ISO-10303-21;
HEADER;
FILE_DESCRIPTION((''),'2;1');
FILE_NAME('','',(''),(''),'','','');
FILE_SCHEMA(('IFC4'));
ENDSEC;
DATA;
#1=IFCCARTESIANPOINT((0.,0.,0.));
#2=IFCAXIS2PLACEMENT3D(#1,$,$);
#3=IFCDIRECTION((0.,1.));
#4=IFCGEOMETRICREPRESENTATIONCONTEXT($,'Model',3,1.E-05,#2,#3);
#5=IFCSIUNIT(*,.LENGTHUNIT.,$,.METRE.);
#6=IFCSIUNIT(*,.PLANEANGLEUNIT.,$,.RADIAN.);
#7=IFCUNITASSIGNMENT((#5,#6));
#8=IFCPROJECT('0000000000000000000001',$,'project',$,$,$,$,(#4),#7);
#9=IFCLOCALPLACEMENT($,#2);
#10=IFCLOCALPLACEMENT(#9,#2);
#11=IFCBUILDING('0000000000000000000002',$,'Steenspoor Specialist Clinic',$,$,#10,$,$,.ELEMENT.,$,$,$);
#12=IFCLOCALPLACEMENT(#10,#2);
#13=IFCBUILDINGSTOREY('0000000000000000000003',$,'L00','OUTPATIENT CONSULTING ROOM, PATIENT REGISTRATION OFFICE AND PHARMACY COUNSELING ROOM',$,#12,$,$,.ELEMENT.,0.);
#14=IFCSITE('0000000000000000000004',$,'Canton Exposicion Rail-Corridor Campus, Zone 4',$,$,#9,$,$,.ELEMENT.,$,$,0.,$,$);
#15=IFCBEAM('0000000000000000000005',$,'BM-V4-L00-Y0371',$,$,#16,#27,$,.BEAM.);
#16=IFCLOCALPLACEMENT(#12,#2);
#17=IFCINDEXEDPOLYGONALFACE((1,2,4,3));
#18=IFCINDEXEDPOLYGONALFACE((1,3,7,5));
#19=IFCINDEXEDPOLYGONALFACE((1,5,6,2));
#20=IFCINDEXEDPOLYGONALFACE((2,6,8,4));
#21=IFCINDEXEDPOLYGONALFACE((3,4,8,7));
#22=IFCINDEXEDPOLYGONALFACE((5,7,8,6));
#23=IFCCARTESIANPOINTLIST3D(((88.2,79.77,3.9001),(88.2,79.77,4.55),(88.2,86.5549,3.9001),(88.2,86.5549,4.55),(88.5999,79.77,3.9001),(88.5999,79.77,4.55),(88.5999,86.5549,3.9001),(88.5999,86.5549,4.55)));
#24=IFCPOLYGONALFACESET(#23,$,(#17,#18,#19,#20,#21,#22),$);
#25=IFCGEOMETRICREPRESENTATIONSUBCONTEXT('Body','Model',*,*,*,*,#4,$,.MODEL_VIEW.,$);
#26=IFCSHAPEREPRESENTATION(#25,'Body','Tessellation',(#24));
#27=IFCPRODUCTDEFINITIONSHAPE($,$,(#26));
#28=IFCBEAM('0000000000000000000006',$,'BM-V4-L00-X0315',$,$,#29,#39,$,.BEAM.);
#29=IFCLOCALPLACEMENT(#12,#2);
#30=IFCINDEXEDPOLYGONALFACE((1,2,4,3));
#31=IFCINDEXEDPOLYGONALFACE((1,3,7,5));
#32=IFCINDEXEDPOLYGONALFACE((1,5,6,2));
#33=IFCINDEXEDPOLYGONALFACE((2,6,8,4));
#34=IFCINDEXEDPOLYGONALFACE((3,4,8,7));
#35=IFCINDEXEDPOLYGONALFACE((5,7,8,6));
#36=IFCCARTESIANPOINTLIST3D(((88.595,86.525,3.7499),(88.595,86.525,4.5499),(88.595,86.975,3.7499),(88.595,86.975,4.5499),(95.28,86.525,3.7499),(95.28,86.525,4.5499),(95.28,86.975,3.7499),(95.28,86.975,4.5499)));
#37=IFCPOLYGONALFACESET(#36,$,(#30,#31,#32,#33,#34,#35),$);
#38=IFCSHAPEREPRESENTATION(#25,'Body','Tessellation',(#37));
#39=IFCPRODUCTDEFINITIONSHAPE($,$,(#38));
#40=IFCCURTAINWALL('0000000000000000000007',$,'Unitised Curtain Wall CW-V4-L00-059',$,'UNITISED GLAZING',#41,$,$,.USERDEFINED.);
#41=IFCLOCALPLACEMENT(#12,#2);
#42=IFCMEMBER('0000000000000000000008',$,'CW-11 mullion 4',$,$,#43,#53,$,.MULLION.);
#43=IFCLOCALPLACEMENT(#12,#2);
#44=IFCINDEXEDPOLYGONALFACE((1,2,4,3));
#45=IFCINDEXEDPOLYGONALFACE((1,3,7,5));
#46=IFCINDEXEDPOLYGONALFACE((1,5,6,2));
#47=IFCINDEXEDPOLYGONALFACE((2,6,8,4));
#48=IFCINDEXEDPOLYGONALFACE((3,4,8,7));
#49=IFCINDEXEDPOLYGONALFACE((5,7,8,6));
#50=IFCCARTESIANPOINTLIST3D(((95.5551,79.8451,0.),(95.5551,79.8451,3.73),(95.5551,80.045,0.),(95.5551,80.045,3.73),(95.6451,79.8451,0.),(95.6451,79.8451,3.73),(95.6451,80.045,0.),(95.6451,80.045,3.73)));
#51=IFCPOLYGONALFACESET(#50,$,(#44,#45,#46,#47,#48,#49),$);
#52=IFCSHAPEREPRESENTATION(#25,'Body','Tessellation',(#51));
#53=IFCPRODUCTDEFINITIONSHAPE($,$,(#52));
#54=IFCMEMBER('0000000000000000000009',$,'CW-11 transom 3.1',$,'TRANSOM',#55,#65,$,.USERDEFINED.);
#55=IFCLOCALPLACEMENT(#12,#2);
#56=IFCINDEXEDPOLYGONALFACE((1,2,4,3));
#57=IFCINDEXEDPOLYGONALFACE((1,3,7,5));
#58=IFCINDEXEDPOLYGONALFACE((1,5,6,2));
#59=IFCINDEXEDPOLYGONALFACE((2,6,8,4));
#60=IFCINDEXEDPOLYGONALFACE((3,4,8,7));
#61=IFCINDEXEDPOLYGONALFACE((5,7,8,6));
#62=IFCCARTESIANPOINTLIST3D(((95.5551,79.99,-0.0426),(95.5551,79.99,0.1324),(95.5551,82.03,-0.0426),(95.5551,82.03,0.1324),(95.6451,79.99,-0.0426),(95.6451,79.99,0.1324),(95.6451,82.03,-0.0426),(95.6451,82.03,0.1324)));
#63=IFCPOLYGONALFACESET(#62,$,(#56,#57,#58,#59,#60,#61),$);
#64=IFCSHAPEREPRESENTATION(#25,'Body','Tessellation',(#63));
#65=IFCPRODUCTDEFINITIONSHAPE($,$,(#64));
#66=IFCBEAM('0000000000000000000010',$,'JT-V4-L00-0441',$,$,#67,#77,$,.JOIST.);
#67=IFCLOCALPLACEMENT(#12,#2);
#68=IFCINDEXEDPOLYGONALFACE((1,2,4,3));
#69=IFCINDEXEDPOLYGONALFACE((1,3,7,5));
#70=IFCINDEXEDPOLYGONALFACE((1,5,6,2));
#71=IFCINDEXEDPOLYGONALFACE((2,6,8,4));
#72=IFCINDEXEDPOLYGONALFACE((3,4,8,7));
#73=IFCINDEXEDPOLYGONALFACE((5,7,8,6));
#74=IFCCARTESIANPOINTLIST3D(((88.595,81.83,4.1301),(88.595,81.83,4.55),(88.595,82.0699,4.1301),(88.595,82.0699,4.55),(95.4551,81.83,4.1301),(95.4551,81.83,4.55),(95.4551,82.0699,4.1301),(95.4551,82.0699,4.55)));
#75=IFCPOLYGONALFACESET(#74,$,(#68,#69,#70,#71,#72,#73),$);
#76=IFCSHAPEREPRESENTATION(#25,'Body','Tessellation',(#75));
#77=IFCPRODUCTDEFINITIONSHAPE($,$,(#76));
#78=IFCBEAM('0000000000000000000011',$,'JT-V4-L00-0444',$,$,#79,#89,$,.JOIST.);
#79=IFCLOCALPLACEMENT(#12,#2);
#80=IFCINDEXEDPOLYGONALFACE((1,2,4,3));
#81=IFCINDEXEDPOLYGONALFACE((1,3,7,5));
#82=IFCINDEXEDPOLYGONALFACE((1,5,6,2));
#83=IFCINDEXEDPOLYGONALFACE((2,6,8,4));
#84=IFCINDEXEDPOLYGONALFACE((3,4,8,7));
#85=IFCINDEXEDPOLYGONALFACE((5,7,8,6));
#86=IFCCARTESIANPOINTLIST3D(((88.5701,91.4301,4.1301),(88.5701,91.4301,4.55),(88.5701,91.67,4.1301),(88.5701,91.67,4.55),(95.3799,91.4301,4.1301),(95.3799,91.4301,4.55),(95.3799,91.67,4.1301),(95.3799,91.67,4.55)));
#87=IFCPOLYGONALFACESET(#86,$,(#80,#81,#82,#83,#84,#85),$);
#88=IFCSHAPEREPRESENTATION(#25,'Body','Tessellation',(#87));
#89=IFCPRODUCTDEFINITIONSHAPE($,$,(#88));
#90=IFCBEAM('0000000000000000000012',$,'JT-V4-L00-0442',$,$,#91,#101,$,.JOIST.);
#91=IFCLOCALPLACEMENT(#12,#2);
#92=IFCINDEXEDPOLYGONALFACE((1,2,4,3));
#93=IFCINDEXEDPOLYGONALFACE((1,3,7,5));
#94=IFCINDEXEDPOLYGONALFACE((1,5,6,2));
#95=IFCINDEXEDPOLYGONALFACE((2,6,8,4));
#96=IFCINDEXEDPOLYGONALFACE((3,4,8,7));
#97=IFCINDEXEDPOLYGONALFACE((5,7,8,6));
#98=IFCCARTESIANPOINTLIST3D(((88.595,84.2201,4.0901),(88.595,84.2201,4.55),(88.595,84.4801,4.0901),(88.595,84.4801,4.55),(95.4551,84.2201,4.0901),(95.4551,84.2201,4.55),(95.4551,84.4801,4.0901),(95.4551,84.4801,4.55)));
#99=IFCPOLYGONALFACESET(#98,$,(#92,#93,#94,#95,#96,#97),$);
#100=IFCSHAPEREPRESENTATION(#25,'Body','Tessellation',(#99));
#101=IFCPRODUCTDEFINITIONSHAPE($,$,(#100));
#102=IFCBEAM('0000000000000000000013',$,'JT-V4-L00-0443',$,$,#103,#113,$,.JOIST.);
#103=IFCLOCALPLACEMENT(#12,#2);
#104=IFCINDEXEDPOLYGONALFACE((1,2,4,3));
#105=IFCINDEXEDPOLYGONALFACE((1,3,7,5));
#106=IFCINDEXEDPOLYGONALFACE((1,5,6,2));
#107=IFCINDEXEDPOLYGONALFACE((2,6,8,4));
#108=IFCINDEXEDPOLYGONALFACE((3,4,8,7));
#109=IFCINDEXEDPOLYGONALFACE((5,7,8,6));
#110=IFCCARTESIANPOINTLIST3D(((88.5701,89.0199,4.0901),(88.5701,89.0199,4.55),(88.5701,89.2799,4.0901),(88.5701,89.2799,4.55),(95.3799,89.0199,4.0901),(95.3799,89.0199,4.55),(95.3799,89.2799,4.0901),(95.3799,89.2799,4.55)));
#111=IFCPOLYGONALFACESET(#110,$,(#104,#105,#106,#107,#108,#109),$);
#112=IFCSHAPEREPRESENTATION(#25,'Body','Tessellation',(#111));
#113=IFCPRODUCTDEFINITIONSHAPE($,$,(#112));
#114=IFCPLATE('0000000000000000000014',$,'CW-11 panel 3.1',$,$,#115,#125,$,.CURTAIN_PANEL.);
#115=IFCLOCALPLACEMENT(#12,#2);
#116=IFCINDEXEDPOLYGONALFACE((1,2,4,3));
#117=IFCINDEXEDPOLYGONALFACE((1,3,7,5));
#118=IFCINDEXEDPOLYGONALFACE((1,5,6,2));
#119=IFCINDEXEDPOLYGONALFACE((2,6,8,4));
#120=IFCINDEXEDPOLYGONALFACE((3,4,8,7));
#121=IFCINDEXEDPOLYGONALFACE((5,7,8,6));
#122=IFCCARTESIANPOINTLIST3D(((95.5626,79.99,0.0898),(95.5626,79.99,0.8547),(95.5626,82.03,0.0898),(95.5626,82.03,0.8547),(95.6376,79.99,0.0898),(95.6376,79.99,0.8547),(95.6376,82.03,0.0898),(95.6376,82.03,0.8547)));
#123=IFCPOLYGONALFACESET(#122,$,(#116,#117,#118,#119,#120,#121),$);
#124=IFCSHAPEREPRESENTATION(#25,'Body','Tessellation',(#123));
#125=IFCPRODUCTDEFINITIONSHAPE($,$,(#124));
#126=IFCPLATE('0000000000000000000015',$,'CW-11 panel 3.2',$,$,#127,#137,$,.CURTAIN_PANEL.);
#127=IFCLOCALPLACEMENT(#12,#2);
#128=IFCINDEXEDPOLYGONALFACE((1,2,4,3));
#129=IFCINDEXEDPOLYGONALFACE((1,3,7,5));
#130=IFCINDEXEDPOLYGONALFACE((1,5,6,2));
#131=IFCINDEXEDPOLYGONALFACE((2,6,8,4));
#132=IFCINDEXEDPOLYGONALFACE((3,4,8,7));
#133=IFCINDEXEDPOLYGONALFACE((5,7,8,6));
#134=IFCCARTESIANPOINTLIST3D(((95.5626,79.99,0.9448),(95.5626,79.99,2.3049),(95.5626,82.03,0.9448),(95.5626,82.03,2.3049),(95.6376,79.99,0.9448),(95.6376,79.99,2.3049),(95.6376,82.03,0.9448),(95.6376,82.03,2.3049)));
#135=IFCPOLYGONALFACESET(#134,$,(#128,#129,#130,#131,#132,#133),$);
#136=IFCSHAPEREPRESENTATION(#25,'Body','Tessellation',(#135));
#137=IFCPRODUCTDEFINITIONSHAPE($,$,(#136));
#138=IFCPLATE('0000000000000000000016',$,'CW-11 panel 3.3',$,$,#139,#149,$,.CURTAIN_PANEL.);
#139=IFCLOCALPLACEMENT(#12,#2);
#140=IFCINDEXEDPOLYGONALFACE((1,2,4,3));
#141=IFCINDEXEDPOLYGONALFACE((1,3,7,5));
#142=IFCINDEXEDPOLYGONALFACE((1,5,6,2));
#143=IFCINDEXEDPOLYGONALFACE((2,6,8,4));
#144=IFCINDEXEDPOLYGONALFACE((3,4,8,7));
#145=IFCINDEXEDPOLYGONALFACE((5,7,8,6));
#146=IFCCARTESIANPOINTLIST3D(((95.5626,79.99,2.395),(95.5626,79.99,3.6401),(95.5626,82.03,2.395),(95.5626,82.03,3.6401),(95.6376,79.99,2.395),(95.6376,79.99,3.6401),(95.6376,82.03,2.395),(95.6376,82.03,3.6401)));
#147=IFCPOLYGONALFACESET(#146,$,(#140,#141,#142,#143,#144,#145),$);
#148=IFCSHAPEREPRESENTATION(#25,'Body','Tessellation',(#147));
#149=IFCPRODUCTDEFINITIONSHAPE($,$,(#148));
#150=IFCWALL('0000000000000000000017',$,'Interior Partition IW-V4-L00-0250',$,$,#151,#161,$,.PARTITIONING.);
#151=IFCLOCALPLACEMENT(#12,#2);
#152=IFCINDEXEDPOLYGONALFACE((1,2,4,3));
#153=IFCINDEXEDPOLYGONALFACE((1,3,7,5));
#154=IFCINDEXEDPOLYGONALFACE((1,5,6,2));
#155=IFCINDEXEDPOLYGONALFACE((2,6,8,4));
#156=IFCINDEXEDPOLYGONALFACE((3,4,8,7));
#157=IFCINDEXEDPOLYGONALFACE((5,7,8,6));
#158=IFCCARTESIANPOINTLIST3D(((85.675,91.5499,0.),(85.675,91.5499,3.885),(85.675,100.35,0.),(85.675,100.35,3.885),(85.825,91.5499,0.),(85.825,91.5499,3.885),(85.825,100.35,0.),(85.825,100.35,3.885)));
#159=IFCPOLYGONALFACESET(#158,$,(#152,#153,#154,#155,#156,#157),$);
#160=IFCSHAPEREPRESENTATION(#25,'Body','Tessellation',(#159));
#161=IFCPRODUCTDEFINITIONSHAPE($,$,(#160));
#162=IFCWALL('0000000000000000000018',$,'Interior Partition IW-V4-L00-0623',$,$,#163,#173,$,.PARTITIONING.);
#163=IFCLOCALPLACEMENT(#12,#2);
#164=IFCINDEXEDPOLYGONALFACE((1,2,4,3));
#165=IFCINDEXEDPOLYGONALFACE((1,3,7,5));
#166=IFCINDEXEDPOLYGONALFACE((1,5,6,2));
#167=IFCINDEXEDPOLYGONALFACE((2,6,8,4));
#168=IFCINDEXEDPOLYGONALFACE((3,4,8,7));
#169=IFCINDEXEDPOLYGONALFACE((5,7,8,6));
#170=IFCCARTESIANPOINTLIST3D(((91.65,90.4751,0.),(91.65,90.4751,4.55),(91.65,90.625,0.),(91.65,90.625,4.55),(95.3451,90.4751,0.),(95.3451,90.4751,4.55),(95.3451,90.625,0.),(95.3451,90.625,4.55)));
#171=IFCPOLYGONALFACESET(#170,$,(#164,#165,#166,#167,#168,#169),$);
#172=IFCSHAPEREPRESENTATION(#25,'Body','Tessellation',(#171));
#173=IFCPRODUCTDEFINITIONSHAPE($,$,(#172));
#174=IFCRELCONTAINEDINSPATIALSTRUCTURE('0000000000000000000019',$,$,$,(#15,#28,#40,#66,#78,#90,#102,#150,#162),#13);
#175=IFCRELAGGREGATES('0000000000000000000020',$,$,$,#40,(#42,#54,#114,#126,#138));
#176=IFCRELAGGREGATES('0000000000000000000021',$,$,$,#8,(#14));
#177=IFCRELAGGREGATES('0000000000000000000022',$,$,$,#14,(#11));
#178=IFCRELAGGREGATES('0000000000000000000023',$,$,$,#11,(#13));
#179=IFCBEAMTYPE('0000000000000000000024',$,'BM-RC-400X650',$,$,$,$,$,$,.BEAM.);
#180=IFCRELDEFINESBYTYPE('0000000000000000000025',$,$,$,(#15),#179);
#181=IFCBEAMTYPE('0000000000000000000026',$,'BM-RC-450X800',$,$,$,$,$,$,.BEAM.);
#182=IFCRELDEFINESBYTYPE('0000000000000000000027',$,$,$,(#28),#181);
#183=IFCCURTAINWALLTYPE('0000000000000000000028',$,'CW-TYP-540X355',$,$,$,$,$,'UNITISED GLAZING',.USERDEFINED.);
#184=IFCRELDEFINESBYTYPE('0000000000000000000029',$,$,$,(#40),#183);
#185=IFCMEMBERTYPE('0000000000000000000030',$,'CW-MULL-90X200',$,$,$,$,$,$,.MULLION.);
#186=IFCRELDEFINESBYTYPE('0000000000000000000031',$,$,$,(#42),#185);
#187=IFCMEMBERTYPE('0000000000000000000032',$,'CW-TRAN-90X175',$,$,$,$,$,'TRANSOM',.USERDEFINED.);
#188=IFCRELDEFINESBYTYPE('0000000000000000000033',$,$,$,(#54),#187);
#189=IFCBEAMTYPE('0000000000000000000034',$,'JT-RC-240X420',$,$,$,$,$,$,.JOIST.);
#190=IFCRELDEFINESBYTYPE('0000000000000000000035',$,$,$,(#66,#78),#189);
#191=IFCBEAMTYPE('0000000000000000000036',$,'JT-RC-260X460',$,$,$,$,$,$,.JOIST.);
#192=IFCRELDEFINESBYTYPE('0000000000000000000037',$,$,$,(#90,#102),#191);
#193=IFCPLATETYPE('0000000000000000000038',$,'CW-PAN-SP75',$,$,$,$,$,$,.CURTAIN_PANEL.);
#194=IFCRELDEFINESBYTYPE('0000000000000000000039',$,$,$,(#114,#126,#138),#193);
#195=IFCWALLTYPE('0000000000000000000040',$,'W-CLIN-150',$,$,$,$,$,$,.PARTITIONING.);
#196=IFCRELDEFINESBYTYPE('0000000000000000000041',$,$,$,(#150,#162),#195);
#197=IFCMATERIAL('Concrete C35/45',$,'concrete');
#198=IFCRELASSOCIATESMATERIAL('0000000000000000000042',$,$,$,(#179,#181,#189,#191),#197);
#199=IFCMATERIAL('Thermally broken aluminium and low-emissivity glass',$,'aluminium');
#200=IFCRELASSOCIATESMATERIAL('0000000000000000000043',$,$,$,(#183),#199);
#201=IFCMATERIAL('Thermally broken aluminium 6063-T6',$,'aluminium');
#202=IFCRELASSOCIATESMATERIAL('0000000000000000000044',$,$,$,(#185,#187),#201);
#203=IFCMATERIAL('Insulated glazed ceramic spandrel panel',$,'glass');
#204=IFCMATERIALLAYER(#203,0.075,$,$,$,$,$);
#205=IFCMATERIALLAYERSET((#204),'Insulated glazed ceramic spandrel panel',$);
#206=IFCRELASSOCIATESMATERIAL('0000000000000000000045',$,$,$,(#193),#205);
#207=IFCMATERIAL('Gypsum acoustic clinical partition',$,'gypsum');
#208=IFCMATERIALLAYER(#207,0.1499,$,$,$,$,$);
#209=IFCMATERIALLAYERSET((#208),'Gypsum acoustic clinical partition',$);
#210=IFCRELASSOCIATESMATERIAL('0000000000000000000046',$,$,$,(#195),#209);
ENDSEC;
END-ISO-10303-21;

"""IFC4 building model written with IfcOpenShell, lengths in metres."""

from ifc_helpers import new_model, si_unit, direction, frame, frame_2d, origin, origin_2d, place, context, subcontext, project, spatial, rectangle, extrude, material, layer, layer_set, material_profile, profile_set, type_object, element, aggregate, save


model = new_model("IFC4")

# Units and contexts
model_context = context("Model", 3, precision=1e-05, world=origin(), true_north=direction((0.0, 1.0)))
body_context = subcontext(model_context, "Body", "Model", "MODEL_VIEW")
ifc_project = project(units=[si_unit("LENGTHUNIT", "METRE"), si_unit("PLANEANGLEUNIT", "RADIAN")], contexts=[model_context])

# Site, building, storey
site_placement = place(None, origin())
site = spatial("IfcSite", under=ifc_project, at=site_placement, Name="Canton Exposicion Rail-Corridor Campus, Zone 4", CompositionType="ELEMENT", RefElevation=0.0)
building_placement = place(site_placement, origin())
building = spatial("IfcBuilding", under=site, at=building_placement, Name="Steenspoor Specialist Clinic", CompositionType="ELEMENT")
storey_placement = place(building_placement, origin())
storey = spatial("IfcBuildingStorey", under=building, at=storey_placement, Name="L00", Description="OUTPATIENT CONSULTING ROOM, PATIENT REGISTRATION OFFICE AND PHARMACY COUNSELING ROOM", CompositionType="ELEMENT", Elevation=0.0)

# Shared definitions
ifc_material_1 = material(Name="Concrete C35/45", Category="concrete")

# Beams
ifc_material_profile_1 = material_profile(ifc_material_1, rectangle(XDim=0.3999, YDim=0.6499, at=origin_2d()), Name="RC-BM-400X650")
ifc_profile_set_1 = profile_set([ifc_material_profile_1], Name="Concrete C35/45")
beam_type_1 = type_object("IfcBeamType", Name="BM-RC-400X650", PredefinedType="BEAM", material=ifc_profile_set_1)
beam_1_placement = place(storey_placement, frame((88.3999, 79.77, 4.2251), z_axis=(0.0, 1.0, 0.0), x_axis=(-1.0, 0.0, 0.0)))
element("IfcBeam", 1, at=beam_1_placement, inside=storey, type_object=beam_type_1, Name="BM-V4-L00-Y0371", PredefinedType="BEAM", context=body_context, shape_type="SweptSolid", body=[
    extrude(rectangle(XDim=0.3999, YDim=0.6499, at=origin_2d()), origin(), (0.0, 0.0, 1.0), 6.7849),
])
ifc_material_profile_2 = material_profile(ifc_material_1, rectangle(XDim=0.45, YDim=0.8, at=origin_2d()), Name="RC-BM-450X800")
ifc_profile_set_2 = profile_set([ifc_material_profile_2], Name="Concrete C35/45")
beam_type_2 = type_object("IfcBeamType", Name="BM-RC-450X800", PredefinedType="BEAM", material=ifc_profile_set_2)
beam_2_placement = place(storey_placement, frame((88.595, 86.75, 4.1499), z_axis=(1.0, 0.0, 0.0), x_axis=(0.0, 1.0, 0.0)))
element("IfcBeam", 2, at=beam_2_placement, inside=storey, type_object=beam_type_2, Name="BM-V4-L00-X0315", PredefinedType="BEAM", context=body_context, shape_type="SweptSolid", body=[
    extrude(rectangle(XDim=0.45, YDim=0.8, at=origin_2d()), origin(), (0.0, 0.0, 1.0), 6.6851),
])

# Curtain wall, members
ifc_material_2 = material(Name="Thermally broken aluminium and low-emissivity glass", Category="aluminium")
curtain_wall_type = type_object("IfcCurtainWallType", Name="CW-TYP-540X355", ElementType="UNITISED GLAZING", PredefinedType="USERDEFINED", material=ifc_material_2)
curtain_wall_placement = place(storey_placement, origin())
curtain_wall = element("IfcCurtainWall", 3, at=curtain_wall_placement, inside=storey, type_object=curtain_wall_type, Name="Unitised Curtain Wall CW-V4-L00-059", ObjectType="UNITISED GLAZING", PredefinedType="USERDEFINED")
ifc_material_3 = material(Name="Thermally broken aluminium 6063-T6", Category="aluminium")
ifc_material_profile_3 = material_profile(ifc_material_3, rectangle(XDim=0.0901, YDim=0.2, at=origin_2d()), Name="CWM-90X200")
ifc_profile_set_3 = profile_set([ifc_material_profile_3], Name="Thermally broken aluminium 6063-T6")
member_type_1 = type_object("IfcMemberType", Name="CW-MULL-90X200", PredefinedType="MULLION", material=ifc_profile_set_3)
member_1_placement = place(storey_placement, frame((95.6001, 79.9451, 0.0), z_axis=(0.0, 0.0, 1.0), x_axis=(1.0, 0.0, 0.0)))
member_1 = element("IfcMember", 4, at=member_1_placement, type_object=member_type_1, Name="CW-11 mullion 4", PredefinedType="MULLION", context=body_context, shape_type="SweptSolid", body=[
    extrude(rectangle(XDim=0.0901, YDim=0.2, at=origin_2d()), origin(), (0.0, 0.0, 1.0), 3.73),
])
ifc_material_profile_4 = material_profile(ifc_material_3, rectangle(XDim=0.0901, YDim=0.175, at=origin_2d()), Name="CWT-90X175")
ifc_profile_set_4 = profile_set([ifc_material_profile_4], Name="Thermally broken aluminium 6063-T6")
member_type_2 = type_object("IfcMemberType", Name="CW-TRAN-90X175", ElementType="TRANSOM", PredefinedType="USERDEFINED", material=ifc_profile_set_4)
member_2_placement = place(storey_placement, frame((95.6001, 82.03, 0.0449), z_axis=(0.0, -1.0, 0.0), x_axis=(1.0, 0.0, 0.0)))
member_2 = element("IfcMember", 5, at=member_2_placement, type_object=member_type_2, Name="CW-11 transom 3.1", ObjectType="TRANSOM", PredefinedType="USERDEFINED", context=body_context, shape_type="SweptSolid", body=[
    extrude(rectangle(XDim=0.0901, YDim=0.175, at=origin_2d()), origin(), (0.0, 0.0, 1.0), 2.04),
])

# Beams
ifc_material_profile_5 = material_profile(ifc_material_1, rectangle(XDim=0.24, YDim=0.4199, at=origin_2d()), Name="RC-JT-240X420")
ifc_profile_set_5 = profile_set([ifc_material_profile_5], Name="Concrete C35/45")
beam_type_3 = type_object("IfcBeamType", Name="JT-RC-240X420", PredefinedType="JOIST", material=ifc_profile_set_5)
beam_3_placement = place(storey_placement, frame((88.595, 81.95, 4.3401), z_axis=(1.0, 0.0, 0.0), x_axis=(0.0, 1.0, 0.0)))
element("IfcBeam", 6, at=beam_3_placement, inside=storey, type_object=beam_type_3, Name="JT-V4-L00-0441", PredefinedType="JOIST", context=body_context, shape_type="SweptSolid", body=[
    extrude(rectangle(XDim=0.24, YDim=0.4199, at=origin_2d()), origin(), (0.0, 0.0, 1.0), 6.8601),
])
beam_4_placement = place(storey_placement, frame((88.5701, 91.55, 4.3401), z_axis=(1.0, 0.0, 0.0), x_axis=(0.0, 1.0, 0.0)))
element("IfcBeam", 7, at=beam_4_placement, inside=storey, type_object=beam_type_3, Name="JT-V4-L00-0444", PredefinedType="JOIST", context=body_context, shape_type="SweptSolid", body=[
    extrude(rectangle(XDim=0.24, YDim=0.4199, at=origin_2d()), origin(), (0.0, 0.0, 1.0), 6.8098),
])
ifc_material_profile_6 = material_profile(ifc_material_1, rectangle(XDim=0.26, YDim=0.46, at=origin_2d()), Name="RC-JT-260X460")
ifc_profile_set_6 = profile_set([ifc_material_profile_6], Name="Concrete C35/45")
beam_type_4 = type_object("IfcBeamType", Name="JT-RC-260X460", PredefinedType="JOIST", material=ifc_profile_set_6)
beam_5_placement = place(storey_placement, frame((88.595, 84.3501, 4.3201), z_axis=(1.0, 0.0, 0.0), x_axis=(0.0, 1.0, 0.0)))
element("IfcBeam", 8, at=beam_5_placement, inside=storey, type_object=beam_type_4, Name="JT-V4-L00-0442", PredefinedType="JOIST", context=body_context, shape_type="SweptSolid", body=[
    extrude(rectangle(XDim=0.26, YDim=0.46, at=origin_2d()), origin(), (0.0, 0.0, 1.0), 6.8601),
])
beam_6_placement = place(storey_placement, frame((88.5701, 89.1499, 4.3201), z_axis=(1.0, 0.0, 0.0), x_axis=(0.0, 1.0, 0.0)))
element("IfcBeam", 9, at=beam_6_placement, inside=storey, type_object=beam_type_4, Name="JT-V4-L00-0443", PredefinedType="JOIST", context=body_context, shape_type="SweptSolid", body=[
    extrude(rectangle(XDim=0.26, YDim=0.46, at=origin_2d()), origin(), (0.0, 0.0, 1.0), 6.8098),
])

# Plates
ifc_material_4 = material(Name="Insulated glazed ceramic spandrel panel", Category="glass")
ifc_layer_1 = layer(ifc_material_4, 0.075)
ifc_layer_set_1 = layer_set([ifc_layer_1], Name="Insulated glazed ceramic spandrel panel")
plate_type = type_object("IfcPlateType", Name="CW-PAN-SP75", PredefinedType="CURTAIN_PANEL", material=ifc_layer_set_1)
plate_1_placement = place(storey_placement, frame((95.6001, 81.01, 0.0898), z_axis=(0.0, 0.0, 1.0), x_axis=(0.0, -1.0, 0.0)))
plate_1 = element("IfcPlate", 10, at=plate_1_placement, type_object=plate_type, Name="CW-11 panel 3.1", PredefinedType="CURTAIN_PANEL", context=body_context, shape_type="SweptSolid", body=[
    extrude(rectangle(XDim=2.04, YDim=0.075, at=origin_2d()), origin(), (0.0, 0.0, 1.0), 0.7649),
])
plate_2_placement = place(storey_placement, frame((95.6001, 81.01, 0.9448), z_axis=(0.0, 0.0, 1.0), x_axis=(0.0, -1.0, 0.0)))
plate_2 = element("IfcPlate", 11, at=plate_2_placement, type_object=plate_type, Name="CW-11 panel 3.2", PredefinedType="CURTAIN_PANEL", context=body_context, shape_type="SweptSolid", body=[
    extrude(rectangle(XDim=2.04, YDim=0.075, at=origin_2d()), origin(), (0.0, 0.0, 1.0), 1.3601),
])
plate_3_placement = place(storey_placement, frame((95.6001, 81.01, 2.395), z_axis=(0.0, 0.0, 1.0), x_axis=(0.0, -1.0, 0.0)))
plate_3 = element("IfcPlate", 12, at=plate_3_placement, type_object=plate_type, Name="CW-11 panel 3.3", PredefinedType="CURTAIN_PANEL", context=body_context, shape_type="SweptSolid", body=[
    extrude(rectangle(XDim=2.04, YDim=0.075, at=origin_2d()), origin(), (0.0, 0.0, 1.0), 1.2451),
])
aggregate(curtain_wall, [member_1, member_2, plate_1, plate_2, plate_3])

# Walls
ifc_material_5 = material(Name="Gypsum acoustic clinical partition", Category="gypsum")
ifc_layer_2 = layer(ifc_material_5, 0.1499)
ifc_layer_set_2 = layer_set([ifc_layer_2], Name="Gypsum acoustic clinical partition")
wall_type = type_object("IfcWallType", Name="W-CLIN-150", PredefinedType="PARTITIONING", material=ifc_layer_set_2)
wall_1_placement = place(storey_placement, frame((85.75, 91.55, 0.0), z_axis=(0.0, 0.0, 1.0), x_axis=(0.0, 1.0, 0.0)))
element("IfcWall", 13, at=wall_1_placement, inside=storey, type_object=wall_type, Name="Interior Partition IW-V4-L00-0250", PredefinedType="PARTITIONING", context=body_context, shape_type="SweptSolid", body=[
    extrude(rectangle(XDim=8.8, YDim=0.1499, at=frame_2d((4.3999, 0.0))), origin(), (0.0, 0.0, 1.0), 3.885),
])
wall_2_placement = place(storey_placement, frame((91.6499, 90.55, 0.0), z_axis=(0.0, 0.0, 1.0), x_axis=(1.0, 0.0, 0.0)))
element("IfcWall", 14, at=wall_2_placement, inside=storey, type_object=wall_type, Name="Interior Partition IW-V4-L00-0623", PredefinedType="PARTITIONING", context=body_context, shape_type="SweptSolid", body=[
    extrude(rectangle(XDim=3.6951, YDim=0.1499, at=frame_2d((1.8477, 0.0))), origin(), (0.0, 0.0, 1.0), 4.55),
])

save(model, "model.ifc")
